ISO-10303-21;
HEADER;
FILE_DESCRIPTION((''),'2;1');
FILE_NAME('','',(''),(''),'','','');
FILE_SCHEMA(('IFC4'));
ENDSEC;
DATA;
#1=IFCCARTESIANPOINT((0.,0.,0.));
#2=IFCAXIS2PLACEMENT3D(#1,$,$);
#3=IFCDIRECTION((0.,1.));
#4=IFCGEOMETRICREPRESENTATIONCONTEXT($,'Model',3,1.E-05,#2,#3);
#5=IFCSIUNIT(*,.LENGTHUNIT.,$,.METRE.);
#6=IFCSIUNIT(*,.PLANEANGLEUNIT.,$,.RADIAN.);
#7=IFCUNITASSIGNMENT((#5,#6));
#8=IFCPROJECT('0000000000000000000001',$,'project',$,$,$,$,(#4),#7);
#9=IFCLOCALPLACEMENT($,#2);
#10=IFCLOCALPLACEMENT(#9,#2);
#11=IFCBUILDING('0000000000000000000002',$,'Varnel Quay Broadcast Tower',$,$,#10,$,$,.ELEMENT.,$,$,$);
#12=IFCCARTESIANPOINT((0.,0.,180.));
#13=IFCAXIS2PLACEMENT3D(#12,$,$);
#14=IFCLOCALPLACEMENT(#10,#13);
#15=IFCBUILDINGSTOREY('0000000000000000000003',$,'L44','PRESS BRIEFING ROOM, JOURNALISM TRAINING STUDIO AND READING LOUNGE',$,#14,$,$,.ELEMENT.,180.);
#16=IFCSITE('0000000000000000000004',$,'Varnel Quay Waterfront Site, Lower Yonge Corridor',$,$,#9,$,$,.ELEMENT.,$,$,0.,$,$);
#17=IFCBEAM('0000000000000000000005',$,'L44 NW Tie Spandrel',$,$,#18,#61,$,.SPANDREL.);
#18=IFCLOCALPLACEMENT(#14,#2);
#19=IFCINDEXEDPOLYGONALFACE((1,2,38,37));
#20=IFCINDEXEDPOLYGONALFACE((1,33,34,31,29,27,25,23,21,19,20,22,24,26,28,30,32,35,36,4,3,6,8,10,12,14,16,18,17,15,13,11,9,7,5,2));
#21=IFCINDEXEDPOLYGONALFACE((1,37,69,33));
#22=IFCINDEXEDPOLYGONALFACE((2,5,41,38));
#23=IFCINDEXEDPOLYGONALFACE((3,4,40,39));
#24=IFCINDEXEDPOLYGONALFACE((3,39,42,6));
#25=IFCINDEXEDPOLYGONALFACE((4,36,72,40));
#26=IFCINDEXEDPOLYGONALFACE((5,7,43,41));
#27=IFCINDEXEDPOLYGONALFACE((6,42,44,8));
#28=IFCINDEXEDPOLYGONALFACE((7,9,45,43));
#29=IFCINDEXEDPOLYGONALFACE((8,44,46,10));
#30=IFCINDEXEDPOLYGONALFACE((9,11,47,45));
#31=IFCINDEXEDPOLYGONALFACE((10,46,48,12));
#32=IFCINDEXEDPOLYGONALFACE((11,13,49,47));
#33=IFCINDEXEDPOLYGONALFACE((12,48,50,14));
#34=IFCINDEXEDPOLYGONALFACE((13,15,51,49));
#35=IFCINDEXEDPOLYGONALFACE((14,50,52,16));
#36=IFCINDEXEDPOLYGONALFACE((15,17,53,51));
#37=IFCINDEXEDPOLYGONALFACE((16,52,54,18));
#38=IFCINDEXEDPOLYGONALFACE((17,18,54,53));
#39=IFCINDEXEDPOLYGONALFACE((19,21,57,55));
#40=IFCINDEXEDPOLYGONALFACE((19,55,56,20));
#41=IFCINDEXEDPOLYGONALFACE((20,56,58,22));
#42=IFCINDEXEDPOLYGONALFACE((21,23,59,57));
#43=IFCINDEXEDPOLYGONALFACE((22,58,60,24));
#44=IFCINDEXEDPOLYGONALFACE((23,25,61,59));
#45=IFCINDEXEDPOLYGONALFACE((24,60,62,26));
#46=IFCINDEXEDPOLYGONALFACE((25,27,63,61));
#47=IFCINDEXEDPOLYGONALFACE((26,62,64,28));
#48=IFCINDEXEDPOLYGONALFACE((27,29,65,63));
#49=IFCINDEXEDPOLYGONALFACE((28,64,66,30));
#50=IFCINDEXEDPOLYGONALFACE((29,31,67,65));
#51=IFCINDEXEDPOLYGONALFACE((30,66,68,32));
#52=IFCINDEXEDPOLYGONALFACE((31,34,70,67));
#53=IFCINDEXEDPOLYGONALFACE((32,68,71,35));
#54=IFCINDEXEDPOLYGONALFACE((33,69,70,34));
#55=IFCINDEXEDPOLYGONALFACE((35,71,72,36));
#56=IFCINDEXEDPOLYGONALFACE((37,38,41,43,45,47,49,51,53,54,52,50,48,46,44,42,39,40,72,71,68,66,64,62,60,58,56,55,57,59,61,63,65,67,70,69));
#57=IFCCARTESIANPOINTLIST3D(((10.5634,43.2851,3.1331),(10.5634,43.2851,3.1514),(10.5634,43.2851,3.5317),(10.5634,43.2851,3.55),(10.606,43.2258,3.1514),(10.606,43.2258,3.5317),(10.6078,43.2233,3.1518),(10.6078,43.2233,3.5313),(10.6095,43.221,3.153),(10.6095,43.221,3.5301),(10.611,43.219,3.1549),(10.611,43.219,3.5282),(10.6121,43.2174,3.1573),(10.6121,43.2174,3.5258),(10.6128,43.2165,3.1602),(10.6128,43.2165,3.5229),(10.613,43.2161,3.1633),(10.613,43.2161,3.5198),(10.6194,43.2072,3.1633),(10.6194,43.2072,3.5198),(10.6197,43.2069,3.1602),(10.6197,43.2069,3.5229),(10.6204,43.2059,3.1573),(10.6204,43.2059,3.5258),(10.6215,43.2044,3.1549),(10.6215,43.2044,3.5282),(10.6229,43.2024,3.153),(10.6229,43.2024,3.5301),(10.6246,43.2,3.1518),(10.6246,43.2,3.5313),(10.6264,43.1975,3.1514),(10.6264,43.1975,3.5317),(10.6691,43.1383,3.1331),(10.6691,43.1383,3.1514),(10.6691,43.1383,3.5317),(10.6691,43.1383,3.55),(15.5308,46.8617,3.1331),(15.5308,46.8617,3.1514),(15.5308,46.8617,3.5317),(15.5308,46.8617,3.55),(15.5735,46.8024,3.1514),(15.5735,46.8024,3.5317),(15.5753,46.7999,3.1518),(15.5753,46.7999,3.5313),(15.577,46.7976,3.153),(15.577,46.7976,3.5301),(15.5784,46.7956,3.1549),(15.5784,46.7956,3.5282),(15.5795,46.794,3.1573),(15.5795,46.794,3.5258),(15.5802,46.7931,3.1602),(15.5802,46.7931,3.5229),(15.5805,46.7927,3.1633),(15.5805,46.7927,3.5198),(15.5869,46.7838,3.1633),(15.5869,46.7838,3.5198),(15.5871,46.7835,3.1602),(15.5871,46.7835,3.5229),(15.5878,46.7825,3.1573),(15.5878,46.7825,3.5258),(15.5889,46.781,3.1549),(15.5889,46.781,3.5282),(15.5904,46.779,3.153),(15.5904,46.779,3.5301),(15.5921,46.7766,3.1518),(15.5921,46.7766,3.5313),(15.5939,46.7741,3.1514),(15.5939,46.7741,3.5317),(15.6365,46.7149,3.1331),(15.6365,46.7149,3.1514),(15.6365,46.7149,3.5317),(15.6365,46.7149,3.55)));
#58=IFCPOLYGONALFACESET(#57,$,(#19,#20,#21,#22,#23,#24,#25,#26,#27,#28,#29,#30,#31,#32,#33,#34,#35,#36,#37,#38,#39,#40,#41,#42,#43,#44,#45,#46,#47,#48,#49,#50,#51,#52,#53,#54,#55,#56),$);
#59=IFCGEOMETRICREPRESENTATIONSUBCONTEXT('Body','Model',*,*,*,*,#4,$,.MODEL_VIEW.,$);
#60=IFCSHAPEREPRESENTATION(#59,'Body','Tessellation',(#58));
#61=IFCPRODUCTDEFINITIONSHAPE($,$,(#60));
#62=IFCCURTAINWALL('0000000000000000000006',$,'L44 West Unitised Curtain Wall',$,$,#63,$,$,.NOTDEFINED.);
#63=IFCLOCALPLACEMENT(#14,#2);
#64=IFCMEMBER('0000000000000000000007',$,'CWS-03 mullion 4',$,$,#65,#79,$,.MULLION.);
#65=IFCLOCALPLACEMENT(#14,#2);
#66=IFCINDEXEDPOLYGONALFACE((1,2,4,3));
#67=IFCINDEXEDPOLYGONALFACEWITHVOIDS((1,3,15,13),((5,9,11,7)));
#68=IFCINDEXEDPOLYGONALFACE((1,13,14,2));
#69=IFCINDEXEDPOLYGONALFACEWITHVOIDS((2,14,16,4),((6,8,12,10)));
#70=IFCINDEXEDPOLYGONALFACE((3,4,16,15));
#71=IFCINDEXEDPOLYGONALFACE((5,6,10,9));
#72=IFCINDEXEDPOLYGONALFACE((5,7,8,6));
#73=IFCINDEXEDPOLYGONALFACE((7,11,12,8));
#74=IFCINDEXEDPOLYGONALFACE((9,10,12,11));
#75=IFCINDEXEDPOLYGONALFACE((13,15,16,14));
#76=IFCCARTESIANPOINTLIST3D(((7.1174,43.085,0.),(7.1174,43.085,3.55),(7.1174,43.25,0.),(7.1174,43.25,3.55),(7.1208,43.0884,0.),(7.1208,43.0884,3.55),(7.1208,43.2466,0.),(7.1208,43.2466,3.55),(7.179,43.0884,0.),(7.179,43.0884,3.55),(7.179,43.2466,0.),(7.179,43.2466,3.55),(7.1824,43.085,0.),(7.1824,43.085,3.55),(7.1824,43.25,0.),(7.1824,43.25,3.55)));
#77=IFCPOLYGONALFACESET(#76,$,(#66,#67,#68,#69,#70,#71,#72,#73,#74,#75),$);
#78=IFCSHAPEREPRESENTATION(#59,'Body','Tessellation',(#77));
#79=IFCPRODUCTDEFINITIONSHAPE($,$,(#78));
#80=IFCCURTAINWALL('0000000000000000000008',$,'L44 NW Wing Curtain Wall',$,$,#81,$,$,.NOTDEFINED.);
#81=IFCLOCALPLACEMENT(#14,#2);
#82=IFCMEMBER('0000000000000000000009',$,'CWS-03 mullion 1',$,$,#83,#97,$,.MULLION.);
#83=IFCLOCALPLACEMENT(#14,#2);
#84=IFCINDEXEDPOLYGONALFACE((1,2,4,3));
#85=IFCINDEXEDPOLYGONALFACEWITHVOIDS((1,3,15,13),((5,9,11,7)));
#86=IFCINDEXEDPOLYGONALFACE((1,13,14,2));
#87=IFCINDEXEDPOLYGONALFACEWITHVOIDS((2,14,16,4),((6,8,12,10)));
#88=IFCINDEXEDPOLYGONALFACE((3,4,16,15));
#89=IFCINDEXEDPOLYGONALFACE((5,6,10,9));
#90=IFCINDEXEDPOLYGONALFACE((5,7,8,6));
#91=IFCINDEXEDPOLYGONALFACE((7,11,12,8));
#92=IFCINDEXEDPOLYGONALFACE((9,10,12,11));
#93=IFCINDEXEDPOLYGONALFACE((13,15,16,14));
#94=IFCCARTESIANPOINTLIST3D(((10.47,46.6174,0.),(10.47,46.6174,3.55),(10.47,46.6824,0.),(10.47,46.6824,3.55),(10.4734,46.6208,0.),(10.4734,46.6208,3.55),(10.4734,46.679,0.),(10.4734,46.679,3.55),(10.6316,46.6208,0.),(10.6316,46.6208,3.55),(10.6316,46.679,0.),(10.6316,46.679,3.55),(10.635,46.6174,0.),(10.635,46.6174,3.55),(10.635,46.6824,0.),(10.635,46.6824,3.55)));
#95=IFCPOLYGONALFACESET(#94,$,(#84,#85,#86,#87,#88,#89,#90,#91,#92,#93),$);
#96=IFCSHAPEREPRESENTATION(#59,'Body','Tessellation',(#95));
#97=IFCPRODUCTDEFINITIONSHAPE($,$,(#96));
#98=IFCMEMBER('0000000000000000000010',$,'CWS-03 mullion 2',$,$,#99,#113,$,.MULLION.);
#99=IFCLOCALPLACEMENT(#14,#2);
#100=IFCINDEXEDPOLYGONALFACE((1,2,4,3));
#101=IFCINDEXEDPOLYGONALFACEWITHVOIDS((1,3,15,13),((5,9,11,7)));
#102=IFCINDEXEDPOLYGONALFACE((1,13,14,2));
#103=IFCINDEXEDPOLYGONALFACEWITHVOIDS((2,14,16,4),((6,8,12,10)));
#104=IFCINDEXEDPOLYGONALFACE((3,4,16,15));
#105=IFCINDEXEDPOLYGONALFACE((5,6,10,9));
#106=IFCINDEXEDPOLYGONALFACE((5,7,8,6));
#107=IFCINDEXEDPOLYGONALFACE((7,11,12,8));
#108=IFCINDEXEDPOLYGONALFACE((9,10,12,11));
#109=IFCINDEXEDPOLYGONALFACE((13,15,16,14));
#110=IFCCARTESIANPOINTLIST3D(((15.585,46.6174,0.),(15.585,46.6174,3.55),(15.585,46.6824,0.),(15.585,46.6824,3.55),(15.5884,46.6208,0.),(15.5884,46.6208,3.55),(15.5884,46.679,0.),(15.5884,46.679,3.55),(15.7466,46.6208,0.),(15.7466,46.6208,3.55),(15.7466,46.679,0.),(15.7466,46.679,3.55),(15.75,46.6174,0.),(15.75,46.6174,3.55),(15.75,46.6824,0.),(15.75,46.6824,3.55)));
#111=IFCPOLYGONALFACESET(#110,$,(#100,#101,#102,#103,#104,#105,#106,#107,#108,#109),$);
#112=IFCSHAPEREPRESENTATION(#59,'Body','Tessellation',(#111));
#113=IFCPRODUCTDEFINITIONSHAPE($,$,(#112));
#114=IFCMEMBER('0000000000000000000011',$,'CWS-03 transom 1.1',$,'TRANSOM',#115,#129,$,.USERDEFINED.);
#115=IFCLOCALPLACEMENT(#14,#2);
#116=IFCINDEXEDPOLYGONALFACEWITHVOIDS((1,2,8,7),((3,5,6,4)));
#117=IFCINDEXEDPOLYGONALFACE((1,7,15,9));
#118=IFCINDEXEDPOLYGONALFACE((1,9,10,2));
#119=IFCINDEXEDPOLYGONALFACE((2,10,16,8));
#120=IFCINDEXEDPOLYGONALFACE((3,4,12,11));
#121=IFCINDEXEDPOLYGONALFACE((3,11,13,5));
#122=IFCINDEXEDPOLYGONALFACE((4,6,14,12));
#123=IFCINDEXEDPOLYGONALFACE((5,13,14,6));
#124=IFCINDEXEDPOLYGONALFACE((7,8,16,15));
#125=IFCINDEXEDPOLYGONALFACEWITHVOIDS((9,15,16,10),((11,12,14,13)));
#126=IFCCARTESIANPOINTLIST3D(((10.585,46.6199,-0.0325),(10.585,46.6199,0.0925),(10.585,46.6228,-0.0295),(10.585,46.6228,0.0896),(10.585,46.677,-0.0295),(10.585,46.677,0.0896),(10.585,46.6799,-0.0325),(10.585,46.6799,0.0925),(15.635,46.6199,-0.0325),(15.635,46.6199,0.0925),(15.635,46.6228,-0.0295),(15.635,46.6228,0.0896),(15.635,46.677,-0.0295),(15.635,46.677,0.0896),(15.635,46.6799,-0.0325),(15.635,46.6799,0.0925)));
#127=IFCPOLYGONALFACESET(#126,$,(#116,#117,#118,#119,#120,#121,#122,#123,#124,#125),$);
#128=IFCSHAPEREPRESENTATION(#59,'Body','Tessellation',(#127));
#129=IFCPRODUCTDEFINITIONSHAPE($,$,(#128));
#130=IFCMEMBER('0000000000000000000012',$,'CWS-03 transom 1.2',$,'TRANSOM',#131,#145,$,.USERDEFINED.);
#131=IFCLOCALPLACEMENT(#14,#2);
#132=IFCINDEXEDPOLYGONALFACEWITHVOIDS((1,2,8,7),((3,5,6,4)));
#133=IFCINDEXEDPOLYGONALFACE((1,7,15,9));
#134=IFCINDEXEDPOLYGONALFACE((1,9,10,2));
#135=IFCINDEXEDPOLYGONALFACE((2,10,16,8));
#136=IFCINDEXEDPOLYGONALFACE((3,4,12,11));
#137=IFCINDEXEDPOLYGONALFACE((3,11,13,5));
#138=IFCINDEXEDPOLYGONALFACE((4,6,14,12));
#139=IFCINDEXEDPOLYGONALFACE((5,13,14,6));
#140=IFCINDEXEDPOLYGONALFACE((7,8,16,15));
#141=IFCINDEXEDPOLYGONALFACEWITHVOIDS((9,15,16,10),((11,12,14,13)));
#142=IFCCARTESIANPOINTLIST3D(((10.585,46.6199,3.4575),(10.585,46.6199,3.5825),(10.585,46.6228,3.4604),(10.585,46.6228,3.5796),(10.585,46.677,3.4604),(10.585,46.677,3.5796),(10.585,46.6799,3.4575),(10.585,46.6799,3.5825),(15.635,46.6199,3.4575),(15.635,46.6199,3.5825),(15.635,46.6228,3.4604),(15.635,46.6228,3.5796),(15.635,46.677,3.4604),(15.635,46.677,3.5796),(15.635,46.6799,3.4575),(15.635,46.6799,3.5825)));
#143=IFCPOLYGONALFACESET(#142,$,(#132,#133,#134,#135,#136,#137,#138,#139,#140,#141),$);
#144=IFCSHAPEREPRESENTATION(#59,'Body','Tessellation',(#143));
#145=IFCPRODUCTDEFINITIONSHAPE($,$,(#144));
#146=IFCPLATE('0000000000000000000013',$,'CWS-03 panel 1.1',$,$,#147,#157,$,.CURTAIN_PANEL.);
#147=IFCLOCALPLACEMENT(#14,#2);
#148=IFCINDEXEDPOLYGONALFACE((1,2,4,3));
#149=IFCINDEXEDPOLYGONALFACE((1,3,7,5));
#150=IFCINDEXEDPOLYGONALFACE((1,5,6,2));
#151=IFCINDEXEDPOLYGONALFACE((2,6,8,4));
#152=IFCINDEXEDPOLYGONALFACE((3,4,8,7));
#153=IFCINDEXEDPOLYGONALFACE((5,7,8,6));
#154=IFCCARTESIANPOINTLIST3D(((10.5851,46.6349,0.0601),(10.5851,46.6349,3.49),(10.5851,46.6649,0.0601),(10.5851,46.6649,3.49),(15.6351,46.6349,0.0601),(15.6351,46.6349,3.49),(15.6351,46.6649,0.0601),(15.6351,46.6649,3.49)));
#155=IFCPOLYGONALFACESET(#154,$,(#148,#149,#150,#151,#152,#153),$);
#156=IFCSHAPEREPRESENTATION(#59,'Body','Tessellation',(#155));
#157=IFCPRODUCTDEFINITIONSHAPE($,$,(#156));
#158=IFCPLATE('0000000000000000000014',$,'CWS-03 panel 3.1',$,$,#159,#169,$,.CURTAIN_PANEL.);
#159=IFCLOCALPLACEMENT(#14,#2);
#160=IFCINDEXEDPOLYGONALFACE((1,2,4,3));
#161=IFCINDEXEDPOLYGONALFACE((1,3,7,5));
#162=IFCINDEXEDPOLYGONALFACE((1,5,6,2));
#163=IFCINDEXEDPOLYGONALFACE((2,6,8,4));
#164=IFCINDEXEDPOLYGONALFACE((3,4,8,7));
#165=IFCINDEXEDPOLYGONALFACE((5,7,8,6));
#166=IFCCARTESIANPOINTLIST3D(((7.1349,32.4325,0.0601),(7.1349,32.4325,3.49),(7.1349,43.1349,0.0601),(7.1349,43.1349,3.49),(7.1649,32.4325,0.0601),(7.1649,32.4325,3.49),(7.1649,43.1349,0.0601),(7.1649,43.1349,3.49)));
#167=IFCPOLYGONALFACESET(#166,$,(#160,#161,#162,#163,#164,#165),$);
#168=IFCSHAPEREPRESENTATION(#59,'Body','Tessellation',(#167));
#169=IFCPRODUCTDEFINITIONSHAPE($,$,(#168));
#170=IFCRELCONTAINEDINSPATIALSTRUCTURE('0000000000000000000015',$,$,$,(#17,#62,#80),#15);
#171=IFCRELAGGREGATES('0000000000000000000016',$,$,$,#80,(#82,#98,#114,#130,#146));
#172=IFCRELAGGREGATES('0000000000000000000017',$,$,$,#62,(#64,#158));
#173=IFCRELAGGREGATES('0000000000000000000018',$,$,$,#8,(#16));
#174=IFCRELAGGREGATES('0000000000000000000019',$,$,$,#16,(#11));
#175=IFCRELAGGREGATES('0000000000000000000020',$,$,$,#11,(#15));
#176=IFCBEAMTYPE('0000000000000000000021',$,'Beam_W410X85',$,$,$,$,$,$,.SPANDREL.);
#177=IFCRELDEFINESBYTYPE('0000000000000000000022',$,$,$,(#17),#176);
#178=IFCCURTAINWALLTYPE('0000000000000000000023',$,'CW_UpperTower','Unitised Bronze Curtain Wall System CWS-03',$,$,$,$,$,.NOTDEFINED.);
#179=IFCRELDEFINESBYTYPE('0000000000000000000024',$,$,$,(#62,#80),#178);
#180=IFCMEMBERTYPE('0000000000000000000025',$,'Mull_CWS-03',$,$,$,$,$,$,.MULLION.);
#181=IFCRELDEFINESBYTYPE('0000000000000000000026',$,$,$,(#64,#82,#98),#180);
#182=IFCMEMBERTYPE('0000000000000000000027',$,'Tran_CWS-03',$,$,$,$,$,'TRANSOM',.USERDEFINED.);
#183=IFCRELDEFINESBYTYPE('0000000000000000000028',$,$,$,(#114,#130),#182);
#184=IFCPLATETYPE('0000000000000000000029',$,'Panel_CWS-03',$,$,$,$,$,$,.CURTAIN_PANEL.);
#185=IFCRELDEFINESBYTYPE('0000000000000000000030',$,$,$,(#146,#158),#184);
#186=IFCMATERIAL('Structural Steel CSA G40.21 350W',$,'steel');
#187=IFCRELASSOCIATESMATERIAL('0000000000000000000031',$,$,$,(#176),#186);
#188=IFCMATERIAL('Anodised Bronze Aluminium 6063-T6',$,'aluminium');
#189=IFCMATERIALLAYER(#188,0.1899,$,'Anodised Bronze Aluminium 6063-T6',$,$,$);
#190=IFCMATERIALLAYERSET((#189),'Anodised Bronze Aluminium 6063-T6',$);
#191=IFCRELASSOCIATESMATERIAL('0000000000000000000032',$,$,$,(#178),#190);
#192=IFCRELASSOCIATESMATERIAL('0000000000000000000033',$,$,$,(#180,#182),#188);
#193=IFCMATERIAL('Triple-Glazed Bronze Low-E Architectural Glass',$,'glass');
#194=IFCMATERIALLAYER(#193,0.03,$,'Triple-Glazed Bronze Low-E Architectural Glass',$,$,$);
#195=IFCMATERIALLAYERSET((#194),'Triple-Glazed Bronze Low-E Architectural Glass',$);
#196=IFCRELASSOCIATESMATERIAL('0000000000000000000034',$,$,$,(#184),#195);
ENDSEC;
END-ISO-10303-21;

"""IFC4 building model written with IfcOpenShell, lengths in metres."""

from ifc_helpers import new_model, si_unit, direction, frame, origin, origin_2d, place, context, subcontext, project, spatial, rectangle, hollow_rectangle, i_section, extrude, source, transform, mapped, material, layer, layer_set, material_profile, profile_set, type_object, type_shapes, element, aggregate, save


model = new_model("IFC4")

# Units and contexts
model_context = context("Model", 3, precision=1e-05, world=origin(), true_north=direction((0.0, 1.0)))
body_context = subcontext(model_context, "Body", "Model", "MODEL_VIEW")
ifc_project = project(units=[si_unit("LENGTHUNIT", "METRE"), si_unit("PLANEANGLEUNIT", "RADIAN")], contexts=[model_context])

# Site, building, storey
site_placement = place(None, origin())
site = spatial("IfcSite", under=ifc_project, at=site_placement, Name="Varnel Quay Waterfront Site, Lower Yonge Corridor", CompositionType="ELEMENT", RefElevation=0.0)
building_placement = place(site_placement, origin())
building = spatial("IfcBuilding", under=site, at=building_placement, Name="Varnel Quay Broadcast Tower", CompositionType="ELEMENT")
storey_placement = place(building_placement, frame((0.0, 0.0, 180.0)))
storey = spatial("IfcBuildingStorey", under=building, at=storey_placement, Name="L44", Description="PRESS BRIEFING ROOM, JOURNALISM TRAINING STUDIO AND READING LOUNGE", CompositionType="ELEMENT", Elevation=180.0)

# Beam
ifc_material_1 = material(Name="Structural Steel CSA G40.21 350W", Category="steel")
ifc_material_profile_1 = material_profile(ifc_material_1, i_section(OverallWidth=0.1809, OverallDepth=0.417, WebThickness=0.011, FlangeThickness=0.0183, FilletRadius=0.012, at=origin_2d()), Name="W410X85")
ifc_profile_set_1 = profile_set([ifc_material_profile_1], Name="Structural Steel CSA G40.21 350W")
beam_type = type_object("IfcBeamType", Name="Beam_W410X85", PredefinedType="SPANDREL", material=ifc_profile_set_1)
shared_shape_1 = source(origin(), body_context, "Body", "SweptSolid", [
    extrude(i_section(OverallWidth=0.1809, OverallDepth=0.417, WebThickness=0.011, FlangeThickness=0.0183, FilletRadius=0.012, at=origin_2d()), origin(), (0.0, 0.0, 1.0), 6.1211),
])
beam_1_placement = place(storey_placement, frame((10.6162, 43.2117, 3.3416), z_axis=(0.811531, 0.584309, 0.0), x_axis=(-0.584309, 0.811531, 0.0)))
element("IfcBeam", 1, at=beam_1_placement, inside=storey, type_object=beam_type, Name="L44 NW Tie Spandrel", PredefinedType="SPANDREL", context=body_context, shape_type="MappedRepresentation", body=[
    mapped(shared_shape_1, transform((0.0, 0.0, 0.0), x_axis=(1.0, 0.0, 0.0), y_axis=(0.0, 1.0, 0.0), z_axis=(0.0, 0.0, 1.0), scale=1.0)),
])

# Curtain wall, member
ifc_material_2 = material(Name="Anodised Bronze Aluminium 6063-T6", Category="aluminium")
ifc_layer_1 = layer(ifc_material_2, 0.1899, Name="Anodised Bronze Aluminium 6063-T6")
ifc_layer_set_1 = layer_set([ifc_layer_1], Name="Anodised Bronze Aluminium 6063-T6")
curtain_wall_type = type_object("IfcCurtainWallType", Name="CW_UpperTower", Description="Unitised Bronze Curtain Wall System CWS-03", PredefinedType="NOTDEFINED", material=ifc_layer_set_1)
curtain_wall_1_placement = place(storey_placement, origin())
curtain_wall_1 = element("IfcCurtainWall", 2, at=curtain_wall_1_placement, inside=storey, type_object=curtain_wall_type, Name="L44 West Unitised Curtain Wall", PredefinedType="NOTDEFINED")
ifc_material_profile_2 = material_profile(ifc_material_2, hollow_rectangle(XDim=0.0649, YDim=0.165, WallThickness=0.0034, at=origin_2d()), Name="ALU65X165X3.5")
ifc_profile_set_2 = profile_set([ifc_material_profile_2], Name="Anodised Bronze Aluminium 6063-T6")
member_type_1 = type_object("IfcMemberType", Name="Mull_CWS-03", PredefinedType="MULLION", material=ifc_profile_set_2)
shared_shape_2 = source(origin(), body_context, "Body", "SweptSolid", [
    extrude(hollow_rectangle(XDim=0.0649, YDim=0.165, WallThickness=0.0034, at=origin_2d()), origin(), (0.0, 0.0, 1.0), 3.55),
])
type_shapes(member_type_1, [shared_shape_2])
member_1_placement = place(storey_placement, frame((7.1499, 43.1675, 0.0), z_axis=(0.0, 0.0, 1.0), x_axis=(-1.0, 0.0, 0.0)))
member_1 = element("IfcMember", 3, at=member_1_placement, type_object=member_type_1, Name="CWS-03 mullion 4", PredefinedType="MULLION", context=body_context, shape_type="MappedRepresentation", body=[
    mapped(shared_shape_2, transform((0.0, 0.0, 0.0), x_axis=(1.0, 0.0, 0.0), y_axis=(0.0, 1.0, 0.0), z_axis=(0.0, 0.0, 1.0), scale=1.0)),
])

# Curtain wall, members, plate
curtain_wall_2_placement = place(storey_placement, origin())
curtain_wall_2 = element("IfcCurtainWall", 4, at=curtain_wall_2_placement, inside=storey, type_object=curtain_wall_type, Name="L44 NW Wing Curtain Wall", PredefinedType="NOTDEFINED")
member_2_placement = place(storey_placement, frame((10.5525, 46.6499, 0.0), z_axis=(0.0, 0.0, 1.0), x_axis=(0.0, 1.0, 0.0)))
member_2 = element("IfcMember", 5, at=member_2_placement, type_object=member_type_1, Name="CWS-03 mullion 1", PredefinedType="MULLION", context=body_context, shape_type="MappedRepresentation", body=[
    mapped(shared_shape_2, transform((0.0, 0.0, 0.0), x_axis=(1.0, 0.0, 0.0), y_axis=(0.0, 1.0, 0.0), z_axis=(0.0, 0.0, 1.0), scale=1.0)),
])
member_3_placement = place(storey_placement, frame((15.6675, 46.6499, 0.0), z_axis=(0.0, 0.0, 1.0), x_axis=(0.0, 1.0, 0.0)))
member_3 = element("IfcMember", 6, at=member_3_placement, type_object=member_type_1, Name="CWS-03 mullion 2", PredefinedType="MULLION", context=body_context, shape_type="MappedRepresentation", body=[
    mapped(shared_shape_2, transform((0.0, 0.0, 0.0), x_axis=(1.0, 0.0, 0.0), y_axis=(0.0, 1.0, 0.0), z_axis=(0.0, 0.0, 1.0), scale=1.0)),
])
ifc_material_profile_3 = material_profile(ifc_material_2, hollow_rectangle(XDim=0.0601, YDim=0.125, WallThickness=0.0029, at=origin_2d()), Name="ALU60X125X3")
ifc_profile_set_3 = profile_set([ifc_material_profile_3], Name="Anodised Bronze Aluminium 6063-T6")
member_type_2 = type_object("IfcMemberType", Name="Tran_CWS-03", ElementType="TRANSOM", PredefinedType="USERDEFINED", material=ifc_profile_set_3)
shared_shape_3 = source(origin(), body_context, "Body", "SweptSolid", [
    extrude(hollow_rectangle(XDim=0.0601, YDim=0.125, WallThickness=0.0029, at=origin_2d()), origin(), (0.0, 0.0, 1.0), 5.05),
])
type_shapes(member_type_2, [shared_shape_3])
member_4_placement = place(storey_placement, frame((10.585, 46.6499, 0.03), z_axis=(1.0, 0.0, 0.0), x_axis=(0.0, 1.0, 0.0)))
member_4 = element("IfcMember", 7, at=member_4_placement, type_object=member_type_2, Name="CWS-03 transom 1.1", ObjectType="TRANSOM", PredefinedType="USERDEFINED", context=body_context, shape_type="MappedRepresentation", body=[
    mapped(shared_shape_3, transform((0.0, 0.0, 0.0), x_axis=(1.0, 0.0, 0.0), y_axis=(0.0, 1.0, 0.0), z_axis=(0.0, 0.0, 1.0), scale=1.0)),
])
member_5_placement = place(storey_placement, frame((10.585, 46.6499, 3.52), z_axis=(1.0, 0.0, 0.0), x_axis=(0.0, 1.0, 0.0)))
member_5 = element("IfcMember", 8, at=member_5_placement, type_object=member_type_2, Name="CWS-03 transom 1.2", ObjectType="TRANSOM", PredefinedType="USERDEFINED", context=body_context, shape_type="MappedRepresentation", body=[
    mapped(shared_shape_3, transform((0.0, 0.0, 0.0), x_axis=(1.0, 0.0, 0.0), y_axis=(0.0, 1.0, 0.0), z_axis=(0.0, 0.0, 1.0), scale=1.0)),
])
ifc_material_3 = material(Name="Triple-Glazed Bronze Low-E Architectural Glass", Category="glass")
ifc_layer_2 = layer(ifc_material_3, 0.03, Name="Triple-Glazed Bronze Low-E Architectural Glass")
ifc_layer_set_2 = layer_set([ifc_layer_2], Name="Triple-Glazed Bronze Low-E Architectural Glass")
plate_type = type_object("IfcPlateType", Name="Panel_CWS-03", PredefinedType="CURTAIN_PANEL", material=ifc_layer_set_2)
shared_shape_4 = source(origin(), body_context, "Body", "SweptSolid", [
    extrude(rectangle(XDim=5.05, YDim=0.03, at=origin_2d()), origin(), (0.0, 0.0, 1.0), 3.4299),
])
plate_1_placement = place(storey_placement, frame((13.1101, 46.6499, 0.0601), z_axis=(0.0, 0.0, 1.0), x_axis=(1.0, 0.0, 0.0)))
plate_1 = element("IfcPlate", 9, at=plate_1_placement, type_object=plate_type, Name="CWS-03 panel 1.1", PredefinedType="CURTAIN_PANEL", context=body_context, shape_type="MappedRepresentation", body=[
    mapped(shared_shape_4, transform((0.0, 0.0, 0.0), x_axis=(1.0, 0.0, 0.0), y_axis=(0.0, 1.0, 0.0), z_axis=(0.0, 0.0, 1.0), scale=1.0)),
])
aggregate(curtain_wall_2, [member_2, member_3, member_4, member_5, plate_1])

# Plate
shared_shape_5 = source(origin(), body_context, "Body", "SweptSolid", [
    extrude(rectangle(XDim=10.7024, YDim=0.03, at=origin_2d()), origin(), (0.0, 0.0, 1.0), 3.4299),
])
type_shapes(plate_type, [shared_shape_4, shared_shape_5])
plate_2_placement = place(storey_placement, frame((7.1499, 37.7837, 0.0601), z_axis=(0.0, 0.0, 1.0), x_axis=(0.0, 1.0, 0.0)))
plate_2 = element("IfcPlate", 10, at=plate_2_placement, type_object=plate_type, Name="CWS-03 panel 3.1", PredefinedType="CURTAIN_PANEL", context=body_context, shape_type="MappedRepresentation", body=[
    mapped(shared_shape_5, transform((0.0, 0.0, 0.0), x_axis=(1.0, 0.0, 0.0), y_axis=(0.0, 1.0, 0.0), z_axis=(0.0, 0.0, 1.0), scale=1.0)),
])
aggregate(curtain_wall_1, [member_1, plate_2])

save(model, "model.ifc")
